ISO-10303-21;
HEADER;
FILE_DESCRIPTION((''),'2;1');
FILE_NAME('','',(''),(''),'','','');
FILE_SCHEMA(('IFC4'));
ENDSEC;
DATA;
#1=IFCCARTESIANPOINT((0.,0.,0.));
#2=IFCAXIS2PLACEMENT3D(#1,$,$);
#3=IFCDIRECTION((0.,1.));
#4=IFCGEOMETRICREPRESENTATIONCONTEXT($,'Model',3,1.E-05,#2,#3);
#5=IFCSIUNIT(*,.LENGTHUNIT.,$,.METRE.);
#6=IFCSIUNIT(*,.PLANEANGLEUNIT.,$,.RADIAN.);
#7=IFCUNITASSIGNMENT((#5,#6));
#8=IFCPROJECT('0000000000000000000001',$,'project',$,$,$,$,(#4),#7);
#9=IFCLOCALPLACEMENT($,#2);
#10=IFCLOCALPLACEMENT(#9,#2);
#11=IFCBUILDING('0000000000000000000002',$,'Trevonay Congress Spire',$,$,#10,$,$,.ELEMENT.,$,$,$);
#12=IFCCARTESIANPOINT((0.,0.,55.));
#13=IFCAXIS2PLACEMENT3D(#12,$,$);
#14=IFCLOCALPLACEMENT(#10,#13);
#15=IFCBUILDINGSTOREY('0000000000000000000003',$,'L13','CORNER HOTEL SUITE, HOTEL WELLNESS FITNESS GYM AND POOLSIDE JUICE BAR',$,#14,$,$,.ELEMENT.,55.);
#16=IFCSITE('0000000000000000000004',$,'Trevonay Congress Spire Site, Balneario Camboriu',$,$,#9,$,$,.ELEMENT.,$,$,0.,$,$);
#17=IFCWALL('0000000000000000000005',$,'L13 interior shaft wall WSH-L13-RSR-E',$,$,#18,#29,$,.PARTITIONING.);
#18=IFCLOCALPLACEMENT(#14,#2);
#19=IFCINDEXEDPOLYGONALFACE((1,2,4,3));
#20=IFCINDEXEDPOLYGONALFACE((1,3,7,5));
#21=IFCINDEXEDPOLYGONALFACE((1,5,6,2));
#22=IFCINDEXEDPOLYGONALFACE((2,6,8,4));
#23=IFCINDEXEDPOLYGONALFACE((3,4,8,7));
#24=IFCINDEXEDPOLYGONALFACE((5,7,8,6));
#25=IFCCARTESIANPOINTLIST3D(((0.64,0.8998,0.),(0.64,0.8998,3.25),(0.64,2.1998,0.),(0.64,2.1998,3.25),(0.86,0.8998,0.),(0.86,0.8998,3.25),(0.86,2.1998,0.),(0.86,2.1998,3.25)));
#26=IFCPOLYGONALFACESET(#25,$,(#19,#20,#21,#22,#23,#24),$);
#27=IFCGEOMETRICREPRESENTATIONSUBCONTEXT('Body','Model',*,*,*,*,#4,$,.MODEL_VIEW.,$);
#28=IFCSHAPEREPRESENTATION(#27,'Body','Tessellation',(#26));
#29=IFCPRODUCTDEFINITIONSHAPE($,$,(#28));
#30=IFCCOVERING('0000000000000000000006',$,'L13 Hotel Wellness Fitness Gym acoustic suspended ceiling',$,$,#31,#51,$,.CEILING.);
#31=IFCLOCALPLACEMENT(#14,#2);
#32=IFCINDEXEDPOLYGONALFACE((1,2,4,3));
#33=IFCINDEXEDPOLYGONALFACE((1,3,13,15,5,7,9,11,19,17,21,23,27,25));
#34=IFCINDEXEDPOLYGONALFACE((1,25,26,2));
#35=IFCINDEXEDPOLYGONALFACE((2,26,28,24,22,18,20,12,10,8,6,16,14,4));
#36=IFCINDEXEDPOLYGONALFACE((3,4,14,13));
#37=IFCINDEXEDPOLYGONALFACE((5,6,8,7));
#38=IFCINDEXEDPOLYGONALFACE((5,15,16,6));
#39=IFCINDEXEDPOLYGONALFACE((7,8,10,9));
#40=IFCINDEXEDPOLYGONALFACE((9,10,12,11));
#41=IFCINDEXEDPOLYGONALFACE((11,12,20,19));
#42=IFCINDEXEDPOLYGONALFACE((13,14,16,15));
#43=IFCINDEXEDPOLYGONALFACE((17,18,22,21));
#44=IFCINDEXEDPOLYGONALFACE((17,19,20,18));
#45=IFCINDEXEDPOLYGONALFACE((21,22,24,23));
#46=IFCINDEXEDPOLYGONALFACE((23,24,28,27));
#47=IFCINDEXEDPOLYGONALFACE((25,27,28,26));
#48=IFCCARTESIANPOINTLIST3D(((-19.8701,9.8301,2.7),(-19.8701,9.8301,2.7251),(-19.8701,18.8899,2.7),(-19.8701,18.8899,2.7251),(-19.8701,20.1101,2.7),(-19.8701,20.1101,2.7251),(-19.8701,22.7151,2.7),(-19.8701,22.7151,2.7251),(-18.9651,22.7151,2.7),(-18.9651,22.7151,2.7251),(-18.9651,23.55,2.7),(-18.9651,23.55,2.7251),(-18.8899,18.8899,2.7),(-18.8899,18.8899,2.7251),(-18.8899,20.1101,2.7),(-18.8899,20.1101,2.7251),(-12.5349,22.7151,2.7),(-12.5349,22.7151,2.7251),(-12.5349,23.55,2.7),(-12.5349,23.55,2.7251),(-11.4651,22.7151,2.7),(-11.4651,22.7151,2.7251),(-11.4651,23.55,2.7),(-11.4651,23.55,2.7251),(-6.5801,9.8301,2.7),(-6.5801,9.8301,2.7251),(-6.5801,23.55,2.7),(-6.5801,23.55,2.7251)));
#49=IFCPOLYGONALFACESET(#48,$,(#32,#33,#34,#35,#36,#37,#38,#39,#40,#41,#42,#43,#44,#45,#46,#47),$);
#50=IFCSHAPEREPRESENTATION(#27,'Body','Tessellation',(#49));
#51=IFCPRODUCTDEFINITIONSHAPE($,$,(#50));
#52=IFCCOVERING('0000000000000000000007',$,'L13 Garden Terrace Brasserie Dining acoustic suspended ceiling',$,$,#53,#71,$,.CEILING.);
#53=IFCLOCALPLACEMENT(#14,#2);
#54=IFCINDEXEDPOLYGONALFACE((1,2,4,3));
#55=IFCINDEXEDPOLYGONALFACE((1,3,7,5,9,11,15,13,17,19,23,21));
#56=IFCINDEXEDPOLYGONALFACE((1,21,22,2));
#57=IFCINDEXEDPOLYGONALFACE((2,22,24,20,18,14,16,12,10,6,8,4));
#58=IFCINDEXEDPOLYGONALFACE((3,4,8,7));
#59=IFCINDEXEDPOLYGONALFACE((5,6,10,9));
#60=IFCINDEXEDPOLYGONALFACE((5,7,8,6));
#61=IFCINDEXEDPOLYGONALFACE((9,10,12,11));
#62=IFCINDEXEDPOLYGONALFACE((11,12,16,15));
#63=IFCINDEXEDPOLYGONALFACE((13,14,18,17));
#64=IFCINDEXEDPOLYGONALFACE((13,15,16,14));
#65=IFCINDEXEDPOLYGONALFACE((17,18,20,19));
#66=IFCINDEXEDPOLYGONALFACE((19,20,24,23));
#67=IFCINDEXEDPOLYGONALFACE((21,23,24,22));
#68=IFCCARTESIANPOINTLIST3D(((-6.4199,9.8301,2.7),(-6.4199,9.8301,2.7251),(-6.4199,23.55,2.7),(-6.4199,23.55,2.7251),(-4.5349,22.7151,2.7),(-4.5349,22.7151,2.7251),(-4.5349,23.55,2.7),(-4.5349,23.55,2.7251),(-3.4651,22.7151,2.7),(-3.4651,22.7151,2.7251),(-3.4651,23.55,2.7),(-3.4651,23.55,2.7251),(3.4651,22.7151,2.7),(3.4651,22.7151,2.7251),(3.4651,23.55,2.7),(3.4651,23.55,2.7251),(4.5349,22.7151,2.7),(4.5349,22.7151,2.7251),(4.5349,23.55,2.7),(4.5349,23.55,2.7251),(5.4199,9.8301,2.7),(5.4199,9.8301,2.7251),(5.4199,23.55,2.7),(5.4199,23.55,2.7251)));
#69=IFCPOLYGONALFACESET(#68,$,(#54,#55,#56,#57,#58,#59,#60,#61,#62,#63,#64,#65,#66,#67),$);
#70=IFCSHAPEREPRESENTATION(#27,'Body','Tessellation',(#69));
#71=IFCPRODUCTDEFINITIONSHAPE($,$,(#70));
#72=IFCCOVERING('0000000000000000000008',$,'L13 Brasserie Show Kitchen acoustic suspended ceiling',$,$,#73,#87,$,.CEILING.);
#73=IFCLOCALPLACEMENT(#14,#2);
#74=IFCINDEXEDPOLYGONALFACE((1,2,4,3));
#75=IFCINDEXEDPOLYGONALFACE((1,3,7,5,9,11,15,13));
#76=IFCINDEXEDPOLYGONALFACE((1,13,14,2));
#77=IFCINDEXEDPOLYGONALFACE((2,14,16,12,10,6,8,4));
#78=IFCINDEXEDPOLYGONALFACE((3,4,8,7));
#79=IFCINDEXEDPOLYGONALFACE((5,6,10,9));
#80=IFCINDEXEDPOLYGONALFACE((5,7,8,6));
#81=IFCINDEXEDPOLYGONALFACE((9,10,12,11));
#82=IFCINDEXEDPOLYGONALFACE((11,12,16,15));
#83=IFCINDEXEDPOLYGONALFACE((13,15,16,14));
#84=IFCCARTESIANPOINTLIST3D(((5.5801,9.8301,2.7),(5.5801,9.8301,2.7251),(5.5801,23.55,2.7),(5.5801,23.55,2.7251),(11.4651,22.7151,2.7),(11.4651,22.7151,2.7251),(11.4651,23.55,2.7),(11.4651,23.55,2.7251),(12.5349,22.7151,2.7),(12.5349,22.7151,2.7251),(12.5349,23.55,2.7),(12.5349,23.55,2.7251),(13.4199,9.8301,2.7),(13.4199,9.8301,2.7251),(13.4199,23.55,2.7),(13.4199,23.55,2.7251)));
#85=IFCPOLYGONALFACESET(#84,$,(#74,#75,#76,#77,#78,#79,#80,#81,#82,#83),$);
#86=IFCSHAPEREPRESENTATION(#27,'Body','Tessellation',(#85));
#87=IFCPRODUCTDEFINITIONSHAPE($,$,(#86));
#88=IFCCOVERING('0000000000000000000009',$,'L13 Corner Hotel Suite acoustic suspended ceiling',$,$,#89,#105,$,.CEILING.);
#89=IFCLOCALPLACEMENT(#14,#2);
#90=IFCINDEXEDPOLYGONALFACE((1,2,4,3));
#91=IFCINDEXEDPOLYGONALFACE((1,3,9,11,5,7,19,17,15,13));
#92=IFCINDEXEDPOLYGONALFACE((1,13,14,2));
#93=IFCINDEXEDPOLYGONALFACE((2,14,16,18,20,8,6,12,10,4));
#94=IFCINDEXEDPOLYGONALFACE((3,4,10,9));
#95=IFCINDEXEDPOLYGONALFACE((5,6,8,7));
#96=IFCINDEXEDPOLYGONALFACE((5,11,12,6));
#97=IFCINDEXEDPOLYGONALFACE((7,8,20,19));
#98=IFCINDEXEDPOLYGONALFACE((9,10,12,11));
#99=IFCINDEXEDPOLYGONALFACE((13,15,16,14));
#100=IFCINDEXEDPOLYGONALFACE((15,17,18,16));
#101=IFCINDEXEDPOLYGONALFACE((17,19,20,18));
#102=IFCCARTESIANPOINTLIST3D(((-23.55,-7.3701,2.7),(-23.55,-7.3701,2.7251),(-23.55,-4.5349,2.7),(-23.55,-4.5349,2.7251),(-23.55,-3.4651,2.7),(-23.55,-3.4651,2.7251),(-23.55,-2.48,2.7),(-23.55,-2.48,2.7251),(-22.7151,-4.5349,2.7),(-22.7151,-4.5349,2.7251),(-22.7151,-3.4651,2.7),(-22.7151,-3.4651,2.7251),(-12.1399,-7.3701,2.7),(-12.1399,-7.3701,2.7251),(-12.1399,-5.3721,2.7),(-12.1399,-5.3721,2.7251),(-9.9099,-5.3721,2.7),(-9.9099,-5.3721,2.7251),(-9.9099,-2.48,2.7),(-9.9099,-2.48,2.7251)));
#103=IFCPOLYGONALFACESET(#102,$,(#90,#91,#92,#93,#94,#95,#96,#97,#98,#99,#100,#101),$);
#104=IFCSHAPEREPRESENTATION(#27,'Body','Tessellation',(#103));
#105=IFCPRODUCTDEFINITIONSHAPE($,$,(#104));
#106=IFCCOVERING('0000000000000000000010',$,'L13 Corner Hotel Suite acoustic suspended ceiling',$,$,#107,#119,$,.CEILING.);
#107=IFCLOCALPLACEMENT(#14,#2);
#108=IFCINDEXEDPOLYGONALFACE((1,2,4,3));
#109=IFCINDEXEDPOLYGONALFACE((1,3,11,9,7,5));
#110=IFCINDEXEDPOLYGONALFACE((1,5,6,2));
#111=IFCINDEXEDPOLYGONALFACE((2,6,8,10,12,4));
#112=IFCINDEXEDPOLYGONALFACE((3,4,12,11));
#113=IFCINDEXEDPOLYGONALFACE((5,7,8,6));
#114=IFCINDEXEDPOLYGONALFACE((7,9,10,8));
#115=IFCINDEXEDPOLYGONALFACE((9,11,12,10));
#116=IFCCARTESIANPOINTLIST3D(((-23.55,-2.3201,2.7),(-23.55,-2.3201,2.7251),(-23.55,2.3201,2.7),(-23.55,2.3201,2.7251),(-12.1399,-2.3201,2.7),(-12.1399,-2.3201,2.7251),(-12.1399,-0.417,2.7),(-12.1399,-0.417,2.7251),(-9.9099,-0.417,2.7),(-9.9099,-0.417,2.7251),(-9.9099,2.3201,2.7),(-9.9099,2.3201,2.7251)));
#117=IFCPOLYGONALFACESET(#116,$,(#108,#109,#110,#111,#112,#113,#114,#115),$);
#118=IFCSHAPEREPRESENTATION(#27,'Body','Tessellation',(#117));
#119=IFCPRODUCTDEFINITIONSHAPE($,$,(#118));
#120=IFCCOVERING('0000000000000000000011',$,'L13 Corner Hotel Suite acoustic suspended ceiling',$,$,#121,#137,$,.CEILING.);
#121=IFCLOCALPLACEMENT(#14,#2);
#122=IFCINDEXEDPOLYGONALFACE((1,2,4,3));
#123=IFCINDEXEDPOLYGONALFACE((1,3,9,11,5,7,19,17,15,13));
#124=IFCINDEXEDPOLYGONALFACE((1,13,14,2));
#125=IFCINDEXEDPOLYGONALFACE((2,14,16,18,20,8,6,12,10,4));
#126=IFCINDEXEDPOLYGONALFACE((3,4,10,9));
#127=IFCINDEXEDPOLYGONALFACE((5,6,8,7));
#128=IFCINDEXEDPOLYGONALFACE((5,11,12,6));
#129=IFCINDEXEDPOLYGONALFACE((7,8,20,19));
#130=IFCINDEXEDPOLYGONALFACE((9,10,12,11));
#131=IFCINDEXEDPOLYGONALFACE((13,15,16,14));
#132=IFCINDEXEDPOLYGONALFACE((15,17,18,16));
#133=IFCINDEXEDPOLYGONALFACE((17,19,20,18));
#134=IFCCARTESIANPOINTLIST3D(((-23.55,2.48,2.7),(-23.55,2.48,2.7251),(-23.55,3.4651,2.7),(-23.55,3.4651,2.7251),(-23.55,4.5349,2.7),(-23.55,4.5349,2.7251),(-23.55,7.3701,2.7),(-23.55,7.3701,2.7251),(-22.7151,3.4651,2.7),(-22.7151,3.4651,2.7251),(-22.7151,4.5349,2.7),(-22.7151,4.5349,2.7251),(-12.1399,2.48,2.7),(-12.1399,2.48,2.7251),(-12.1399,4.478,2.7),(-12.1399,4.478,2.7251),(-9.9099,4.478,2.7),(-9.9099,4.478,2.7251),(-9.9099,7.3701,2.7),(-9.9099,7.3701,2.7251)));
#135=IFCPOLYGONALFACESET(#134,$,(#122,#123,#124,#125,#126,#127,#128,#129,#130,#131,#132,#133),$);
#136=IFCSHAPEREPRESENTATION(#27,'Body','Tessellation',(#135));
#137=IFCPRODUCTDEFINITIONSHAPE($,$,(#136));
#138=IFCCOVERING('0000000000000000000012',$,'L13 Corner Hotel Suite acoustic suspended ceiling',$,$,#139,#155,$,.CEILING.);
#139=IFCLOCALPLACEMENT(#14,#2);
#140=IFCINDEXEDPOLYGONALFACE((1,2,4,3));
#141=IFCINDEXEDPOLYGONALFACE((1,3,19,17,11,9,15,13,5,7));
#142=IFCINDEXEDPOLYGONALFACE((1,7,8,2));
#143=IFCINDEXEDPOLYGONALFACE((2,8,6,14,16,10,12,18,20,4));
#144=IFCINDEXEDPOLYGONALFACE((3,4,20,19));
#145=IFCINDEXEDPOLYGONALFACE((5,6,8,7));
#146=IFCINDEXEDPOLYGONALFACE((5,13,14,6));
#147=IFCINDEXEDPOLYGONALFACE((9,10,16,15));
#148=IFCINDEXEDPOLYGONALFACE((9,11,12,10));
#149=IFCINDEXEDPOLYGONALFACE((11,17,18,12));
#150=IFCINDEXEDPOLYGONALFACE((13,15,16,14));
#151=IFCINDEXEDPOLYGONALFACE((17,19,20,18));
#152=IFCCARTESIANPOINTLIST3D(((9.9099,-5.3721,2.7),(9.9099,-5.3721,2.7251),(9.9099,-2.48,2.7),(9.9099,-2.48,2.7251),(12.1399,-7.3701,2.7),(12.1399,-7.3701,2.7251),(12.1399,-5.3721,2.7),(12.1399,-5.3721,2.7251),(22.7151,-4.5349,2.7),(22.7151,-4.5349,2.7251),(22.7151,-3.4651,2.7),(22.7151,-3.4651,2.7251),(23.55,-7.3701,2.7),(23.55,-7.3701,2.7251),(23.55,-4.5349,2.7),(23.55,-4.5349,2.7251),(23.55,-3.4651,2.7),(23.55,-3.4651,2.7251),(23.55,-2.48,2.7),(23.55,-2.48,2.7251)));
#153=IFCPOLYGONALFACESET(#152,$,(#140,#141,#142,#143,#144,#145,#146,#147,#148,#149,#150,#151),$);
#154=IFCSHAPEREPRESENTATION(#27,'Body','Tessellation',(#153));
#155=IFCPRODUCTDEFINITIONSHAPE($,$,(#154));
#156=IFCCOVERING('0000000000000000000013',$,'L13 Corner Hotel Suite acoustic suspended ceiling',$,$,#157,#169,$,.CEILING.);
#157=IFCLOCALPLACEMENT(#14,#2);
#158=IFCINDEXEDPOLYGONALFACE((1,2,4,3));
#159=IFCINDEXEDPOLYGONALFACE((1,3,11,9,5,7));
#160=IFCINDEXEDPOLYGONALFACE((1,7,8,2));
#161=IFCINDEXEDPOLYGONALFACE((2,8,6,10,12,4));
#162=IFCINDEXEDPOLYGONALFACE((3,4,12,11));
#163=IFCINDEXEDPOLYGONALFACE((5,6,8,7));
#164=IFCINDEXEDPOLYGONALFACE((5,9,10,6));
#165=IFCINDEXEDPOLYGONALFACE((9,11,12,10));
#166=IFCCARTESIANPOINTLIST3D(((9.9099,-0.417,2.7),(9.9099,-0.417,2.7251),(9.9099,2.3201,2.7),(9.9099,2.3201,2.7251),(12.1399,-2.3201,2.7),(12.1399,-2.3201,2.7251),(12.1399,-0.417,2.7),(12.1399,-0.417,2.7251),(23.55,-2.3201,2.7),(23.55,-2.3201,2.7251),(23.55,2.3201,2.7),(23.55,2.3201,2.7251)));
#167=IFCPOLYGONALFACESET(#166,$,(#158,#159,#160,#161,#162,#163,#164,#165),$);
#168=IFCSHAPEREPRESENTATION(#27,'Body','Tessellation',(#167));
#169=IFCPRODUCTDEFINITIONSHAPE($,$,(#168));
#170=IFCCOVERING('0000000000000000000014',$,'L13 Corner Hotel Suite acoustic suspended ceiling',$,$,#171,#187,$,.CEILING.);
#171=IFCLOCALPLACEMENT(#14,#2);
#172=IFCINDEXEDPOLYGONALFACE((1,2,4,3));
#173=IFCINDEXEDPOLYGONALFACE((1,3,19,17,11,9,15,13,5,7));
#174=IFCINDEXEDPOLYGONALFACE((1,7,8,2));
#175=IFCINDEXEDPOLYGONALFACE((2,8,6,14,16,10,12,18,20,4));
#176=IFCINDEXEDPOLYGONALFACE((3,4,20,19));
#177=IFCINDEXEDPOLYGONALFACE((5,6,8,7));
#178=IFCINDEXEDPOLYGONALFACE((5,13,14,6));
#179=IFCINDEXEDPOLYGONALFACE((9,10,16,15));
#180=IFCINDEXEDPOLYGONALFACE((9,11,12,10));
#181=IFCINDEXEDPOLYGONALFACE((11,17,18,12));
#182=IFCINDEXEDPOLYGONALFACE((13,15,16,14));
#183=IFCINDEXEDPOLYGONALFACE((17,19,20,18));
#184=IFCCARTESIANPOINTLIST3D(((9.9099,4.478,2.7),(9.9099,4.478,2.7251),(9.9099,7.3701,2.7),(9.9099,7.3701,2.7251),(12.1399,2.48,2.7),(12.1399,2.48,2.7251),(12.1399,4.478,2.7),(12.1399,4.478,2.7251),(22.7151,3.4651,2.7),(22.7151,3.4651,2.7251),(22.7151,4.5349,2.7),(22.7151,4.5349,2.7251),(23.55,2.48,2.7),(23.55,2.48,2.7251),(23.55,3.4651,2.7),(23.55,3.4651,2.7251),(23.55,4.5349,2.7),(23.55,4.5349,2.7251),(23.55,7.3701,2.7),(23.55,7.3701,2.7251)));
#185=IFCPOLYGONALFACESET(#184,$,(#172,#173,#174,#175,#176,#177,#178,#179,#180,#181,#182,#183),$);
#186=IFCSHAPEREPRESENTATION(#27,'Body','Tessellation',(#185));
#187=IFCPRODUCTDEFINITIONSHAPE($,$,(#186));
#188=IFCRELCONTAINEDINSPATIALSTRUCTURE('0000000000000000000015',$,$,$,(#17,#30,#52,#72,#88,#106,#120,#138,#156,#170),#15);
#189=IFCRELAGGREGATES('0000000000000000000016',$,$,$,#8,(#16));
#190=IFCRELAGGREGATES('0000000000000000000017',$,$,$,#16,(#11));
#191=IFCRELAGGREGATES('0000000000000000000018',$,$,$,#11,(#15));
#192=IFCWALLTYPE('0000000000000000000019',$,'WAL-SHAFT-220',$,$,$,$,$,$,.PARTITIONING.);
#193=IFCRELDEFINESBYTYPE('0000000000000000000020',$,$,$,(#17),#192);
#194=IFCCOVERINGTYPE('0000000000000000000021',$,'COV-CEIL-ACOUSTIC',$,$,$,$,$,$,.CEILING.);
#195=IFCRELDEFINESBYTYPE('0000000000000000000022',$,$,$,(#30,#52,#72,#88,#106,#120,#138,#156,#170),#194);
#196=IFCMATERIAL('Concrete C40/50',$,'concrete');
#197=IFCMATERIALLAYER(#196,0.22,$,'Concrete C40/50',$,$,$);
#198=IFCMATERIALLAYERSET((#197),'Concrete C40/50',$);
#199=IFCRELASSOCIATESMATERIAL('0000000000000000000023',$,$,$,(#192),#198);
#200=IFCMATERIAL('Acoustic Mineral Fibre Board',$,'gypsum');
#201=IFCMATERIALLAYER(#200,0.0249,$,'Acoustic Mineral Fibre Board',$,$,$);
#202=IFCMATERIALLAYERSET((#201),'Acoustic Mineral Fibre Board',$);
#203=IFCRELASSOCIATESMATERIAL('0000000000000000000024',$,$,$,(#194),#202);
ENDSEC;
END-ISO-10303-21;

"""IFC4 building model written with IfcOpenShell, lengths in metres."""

from ifc_helpers import new_model, si_unit, direction, frame, frame_2d, origin, place, context, subcontext, project, spatial, polyline, rectangle, outline, extrude, material, layer, layer_set, type_object, element, save


model = new_model("IFC4")

# Units and contexts
model_context = context("Model", 3, precision=1e-05, world=origin(), true_north=direction((0.0, 1.0)))
body_context = subcontext(model_context, "Body", "Model", "MODEL_VIEW")
ifc_project = project(units=[si_unit("LENGTHUNIT", "METRE"), si_unit("PLANEANGLEUNIT", "RADIAN")], contexts=[model_context])

# Site, building, storey
site_placement = place(None, origin())
site = spatial("IfcSite", under=ifc_project, at=site_placement, Name="Trevonay Congress Spire Site, Balneario Camboriu", CompositionType="ELEMENT", RefElevation=0.0)
building_placement = place(site_placement, origin())
building = spatial("IfcBuilding", under=site, at=building_placement, Name="Trevonay Congress Spire", CompositionType="ELEMENT")
storey_placement = place(building_placement, frame((0.0, 0.0, 55.0)))
storey = spatial("IfcBuildingStorey", under=building, at=storey_placement, Name="L13", Description="CORNER HOTEL SUITE, HOTEL WELLNESS FITNESS GYM AND POOLSIDE JUICE BAR", CompositionType="ELEMENT", Elevation=55.0)

# Wall
ifc_material_1 = material(Name="Concrete C40/50", Category="concrete")
ifc_layer_1 = layer(ifc_material_1, 0.22, Name="Concrete C40/50")
ifc_layer_set_1 = layer_set([ifc_layer_1], Name="Concrete C40/50")
wall_type = type_object("IfcWallType", Name="WAL-SHAFT-220", PredefinedType="PARTITIONING", material=ifc_layer_set_1)
wall_placement = place(storey_placement, frame((0.75, 0.8999, 0.0), z_axis=(0.0, 0.0, 1.0), x_axis=(0.0, 1.0, 0.0)))
element("IfcWall", 1, at=wall_placement, inside=storey, type_object=wall_type, Name="L13 interior shaft wall WSH-L13-RSR-E", PredefinedType="PARTITIONING", context=body_context, shape_type="SweptSolid", body=[
    extrude(rectangle(XDim=1.3, YDim=0.22, at=frame_2d((0.6499, 0.0))), origin(), (0.0, 0.0, 1.0), 3.25),
])

# Coverings
ifc_material_2 = material(Name="Acoustic Mineral Fibre Board", Category="gypsum")
ifc_layer_2 = layer(ifc_material_2, 0.0249, Name="Acoustic Mineral Fibre Board")
ifc_layer_set_2 = layer_set([ifc_layer_2], Name="Acoustic Mineral Fibre Board")
covering_type_1 = type_object("IfcCoveringType", Name="COV-CEIL-ACOUSTIC", PredefinedType="CEILING", material=ifc_layer_set_2)
covering_1_placement = place(storey_placement, frame((0.0, 0.0, 2.7)))
element("IfcCovering", 2, at=covering_1_placement, inside=storey, type_object=covering_type_1, Name="L13 Hotel Wellness Fitness Gym acoustic suspended ceiling", PredefinedType="CEILING", context=body_context, shape_type="SweptSolid", body=[
    extrude(outline(polyline([(-6.5801, 23.55), (-6.5801, 9.8301), (-19.8701, 9.8301), (-19.8701, 18.8899), (-18.8899, 18.8899), (-18.8899, 20.1101), (-19.8701, 20.1101), (-19.8701, 22.7151), (-18.9651, 22.7151), (-18.9651, 23.55), (-12.5349, 23.55), (-12.5349, 22.7151), (-11.4651, 22.7151), (-11.4651, 23.55), (-6.5801, 23.55)])), origin(), (0.0, 0.0, 1.0), 0.0251),
])
covering_2_placement = place(storey_placement, frame((0.0, 0.0, 2.7)))
element("IfcCovering", 3, at=covering_2_placement, inside=storey, type_object=covering_type_1, Name="L13 Garden Terrace Brasserie Dining acoustic suspended ceiling", PredefinedType="CEILING", context=body_context, shape_type="SweptSolid", body=[
    extrude(outline(polyline([(5.4199, 23.55), (5.4199, 9.8301), (-6.4199, 9.8301), (-6.4199, 23.55), (-4.5349, 23.55), (-4.5349, 22.7151), (-3.4651, 22.7151), (-3.4651, 23.55), (3.4651, 23.55), (3.4651, 22.7151), (4.5349, 22.7151), (4.5349, 23.55), (5.4199, 23.55)])), origin(), (0.0, 0.0, 1.0), 0.0251),
])
covering_3_placement = place(storey_placement, frame((0.0, 0.0, 2.7)))
element("IfcCovering", 4, at=covering_3_placement, inside=storey, type_object=covering_type_1, Name="L13 Brasserie Show Kitchen acoustic suspended ceiling", PredefinedType="CEILING", context=body_context, shape_type="SweptSolid", body=[
    extrude(outline(polyline([(13.4199, 23.55), (13.4199, 9.8301), (5.5801, 9.8301), (5.5801, 23.55), (11.4651, 23.55), (11.4651, 22.7151), (12.5349, 22.7151), (12.5349, 23.55), (13.4199, 23.55)])), origin(), (0.0, 0.0, 1.0), 0.0251),
])
covering_4_placement = place(storey_placement, frame((0.0, 0.0, 2.7)))
element("IfcCovering", 5, at=covering_4_placement, inside=storey, type_object=covering_type_1, Name="L13 Corner Hotel Suite acoustic suspended ceiling", PredefinedType="CEILING", context=body_context, shape_type="SweptSolid", body=[
    extrude(outline(polyline([(-23.55, -4.5349), (-22.7151, -4.5349), (-22.7151, -3.4651), (-23.55, -3.4651), (-23.55, -2.48), (-9.9099, -2.48), (-9.9099, -5.3721), (-12.1399, -5.3721), (-12.1399, -7.3701), (-23.55, -7.3701), (-23.55, -4.5349)])), origin(), (0.0, 0.0, 1.0), 0.0251),
])
covering_5_placement = place(storey_placement, frame((0.0, 0.0, 2.7)))
element("IfcCovering", 6, at=covering_5_placement, inside=storey, type_object=covering_type_1, Name="L13 Corner Hotel Suite acoustic suspended ceiling", PredefinedType="CEILING", context=body_context, shape_type="SweptSolid", body=[
    extrude(outline(polyline([(-23.55, -2.3201), (-23.55, 2.3201), (-9.9099, 2.3201), (-9.9099, -0.417), (-12.1399, -0.417), (-12.1399, -2.3201), (-23.55, -2.3201)])), origin(), (0.0, 0.0, 1.0), 0.0251),
])
covering_6_placement = place(storey_placement, frame((0.0, 0.0, 2.7)))
element("IfcCovering", 7, at=covering_6_placement, inside=storey, type_object=covering_type_1, Name="L13 Corner Hotel Suite acoustic suspended ceiling", PredefinedType="CEILING", context=body_context, shape_type="SweptSolid", body=[
    extrude(outline(polyline([(-23.55, 3.4651), (-22.7151, 3.4651), (-22.7151, 4.5349), (-23.55, 4.5349), (-23.55, 7.3701), (-9.9099, 7.3701), (-9.9099, 4.478), (-12.1399, 4.478), (-12.1399, 2.48), (-23.55, 2.48), (-23.55, 3.4651)])), origin(), (0.0, 0.0, 1.0), 0.0251),
])
covering_7_placement = place(storey_placement, frame((0.0, 0.0, 2.7)))
element("IfcCovering", 8, at=covering_7_placement, inside=storey, type_object=covering_type_1, Name="L13 Corner Hotel Suite acoustic suspended ceiling", PredefinedType="CEILING", context=body_context, shape_type="SweptSolid", body=[
    extrude(outline(polyline([(9.9099, -2.48), (23.55, -2.48), (23.55, -3.4651), (22.7151, -3.4651), (22.7151, -4.5349), (23.55, -4.5349), (23.55, -7.3701), (12.1399, -7.3701), (12.1399, -5.3721), (9.9099, -5.3721), (9.9099, -2.48)])), origin(), (0.0, 0.0, 1.0), 0.0251),
])
covering_8_placement = place(storey_placement, frame((0.0, 0.0, 2.7)))
element("IfcCovering", 9, at=covering_8_placement, inside=storey, type_object=covering_type_1, Name="L13 Corner Hotel Suite acoustic suspended ceiling", PredefinedType="CEILING", context=body_context, shape_type="SweptSolid", body=[
    extrude(outline(polyline([(9.9099, -0.417), (9.9099, 2.3201), (23.55, 2.3201), (23.55, -2.3201), (12.1399, -2.3201), (12.1399, -0.417), (9.9099, -0.417)])), origin(), (0.0, 0.0, 1.0), 0.0251),
])
covering_9_placement = place(storey_placement, frame((0.0, 0.0, 2.7)))
element("IfcCovering", 10, at=covering_9_placement, inside=storey, type_object=covering_type_1, Name="L13 Corner Hotel Suite acoustic suspended ceiling", PredefinedType="CEILING", context=body_context, shape_type="SweptSolid", body=[
    extrude(outline(polyline([(9.9099, 7.3701), (23.55, 7.3701), (23.55, 4.5349), (22.7151, 4.5349), (22.7151, 3.4651), (23.55, 3.4651), (23.55, 2.48), (12.1399, 2.48), (12.1399, 4.478), (9.9099, 4.478), (9.9099, 7.3701)])), origin(), (0.0, 0.0, 1.0), 0.0251),
])

save(model, "model.ifc")
